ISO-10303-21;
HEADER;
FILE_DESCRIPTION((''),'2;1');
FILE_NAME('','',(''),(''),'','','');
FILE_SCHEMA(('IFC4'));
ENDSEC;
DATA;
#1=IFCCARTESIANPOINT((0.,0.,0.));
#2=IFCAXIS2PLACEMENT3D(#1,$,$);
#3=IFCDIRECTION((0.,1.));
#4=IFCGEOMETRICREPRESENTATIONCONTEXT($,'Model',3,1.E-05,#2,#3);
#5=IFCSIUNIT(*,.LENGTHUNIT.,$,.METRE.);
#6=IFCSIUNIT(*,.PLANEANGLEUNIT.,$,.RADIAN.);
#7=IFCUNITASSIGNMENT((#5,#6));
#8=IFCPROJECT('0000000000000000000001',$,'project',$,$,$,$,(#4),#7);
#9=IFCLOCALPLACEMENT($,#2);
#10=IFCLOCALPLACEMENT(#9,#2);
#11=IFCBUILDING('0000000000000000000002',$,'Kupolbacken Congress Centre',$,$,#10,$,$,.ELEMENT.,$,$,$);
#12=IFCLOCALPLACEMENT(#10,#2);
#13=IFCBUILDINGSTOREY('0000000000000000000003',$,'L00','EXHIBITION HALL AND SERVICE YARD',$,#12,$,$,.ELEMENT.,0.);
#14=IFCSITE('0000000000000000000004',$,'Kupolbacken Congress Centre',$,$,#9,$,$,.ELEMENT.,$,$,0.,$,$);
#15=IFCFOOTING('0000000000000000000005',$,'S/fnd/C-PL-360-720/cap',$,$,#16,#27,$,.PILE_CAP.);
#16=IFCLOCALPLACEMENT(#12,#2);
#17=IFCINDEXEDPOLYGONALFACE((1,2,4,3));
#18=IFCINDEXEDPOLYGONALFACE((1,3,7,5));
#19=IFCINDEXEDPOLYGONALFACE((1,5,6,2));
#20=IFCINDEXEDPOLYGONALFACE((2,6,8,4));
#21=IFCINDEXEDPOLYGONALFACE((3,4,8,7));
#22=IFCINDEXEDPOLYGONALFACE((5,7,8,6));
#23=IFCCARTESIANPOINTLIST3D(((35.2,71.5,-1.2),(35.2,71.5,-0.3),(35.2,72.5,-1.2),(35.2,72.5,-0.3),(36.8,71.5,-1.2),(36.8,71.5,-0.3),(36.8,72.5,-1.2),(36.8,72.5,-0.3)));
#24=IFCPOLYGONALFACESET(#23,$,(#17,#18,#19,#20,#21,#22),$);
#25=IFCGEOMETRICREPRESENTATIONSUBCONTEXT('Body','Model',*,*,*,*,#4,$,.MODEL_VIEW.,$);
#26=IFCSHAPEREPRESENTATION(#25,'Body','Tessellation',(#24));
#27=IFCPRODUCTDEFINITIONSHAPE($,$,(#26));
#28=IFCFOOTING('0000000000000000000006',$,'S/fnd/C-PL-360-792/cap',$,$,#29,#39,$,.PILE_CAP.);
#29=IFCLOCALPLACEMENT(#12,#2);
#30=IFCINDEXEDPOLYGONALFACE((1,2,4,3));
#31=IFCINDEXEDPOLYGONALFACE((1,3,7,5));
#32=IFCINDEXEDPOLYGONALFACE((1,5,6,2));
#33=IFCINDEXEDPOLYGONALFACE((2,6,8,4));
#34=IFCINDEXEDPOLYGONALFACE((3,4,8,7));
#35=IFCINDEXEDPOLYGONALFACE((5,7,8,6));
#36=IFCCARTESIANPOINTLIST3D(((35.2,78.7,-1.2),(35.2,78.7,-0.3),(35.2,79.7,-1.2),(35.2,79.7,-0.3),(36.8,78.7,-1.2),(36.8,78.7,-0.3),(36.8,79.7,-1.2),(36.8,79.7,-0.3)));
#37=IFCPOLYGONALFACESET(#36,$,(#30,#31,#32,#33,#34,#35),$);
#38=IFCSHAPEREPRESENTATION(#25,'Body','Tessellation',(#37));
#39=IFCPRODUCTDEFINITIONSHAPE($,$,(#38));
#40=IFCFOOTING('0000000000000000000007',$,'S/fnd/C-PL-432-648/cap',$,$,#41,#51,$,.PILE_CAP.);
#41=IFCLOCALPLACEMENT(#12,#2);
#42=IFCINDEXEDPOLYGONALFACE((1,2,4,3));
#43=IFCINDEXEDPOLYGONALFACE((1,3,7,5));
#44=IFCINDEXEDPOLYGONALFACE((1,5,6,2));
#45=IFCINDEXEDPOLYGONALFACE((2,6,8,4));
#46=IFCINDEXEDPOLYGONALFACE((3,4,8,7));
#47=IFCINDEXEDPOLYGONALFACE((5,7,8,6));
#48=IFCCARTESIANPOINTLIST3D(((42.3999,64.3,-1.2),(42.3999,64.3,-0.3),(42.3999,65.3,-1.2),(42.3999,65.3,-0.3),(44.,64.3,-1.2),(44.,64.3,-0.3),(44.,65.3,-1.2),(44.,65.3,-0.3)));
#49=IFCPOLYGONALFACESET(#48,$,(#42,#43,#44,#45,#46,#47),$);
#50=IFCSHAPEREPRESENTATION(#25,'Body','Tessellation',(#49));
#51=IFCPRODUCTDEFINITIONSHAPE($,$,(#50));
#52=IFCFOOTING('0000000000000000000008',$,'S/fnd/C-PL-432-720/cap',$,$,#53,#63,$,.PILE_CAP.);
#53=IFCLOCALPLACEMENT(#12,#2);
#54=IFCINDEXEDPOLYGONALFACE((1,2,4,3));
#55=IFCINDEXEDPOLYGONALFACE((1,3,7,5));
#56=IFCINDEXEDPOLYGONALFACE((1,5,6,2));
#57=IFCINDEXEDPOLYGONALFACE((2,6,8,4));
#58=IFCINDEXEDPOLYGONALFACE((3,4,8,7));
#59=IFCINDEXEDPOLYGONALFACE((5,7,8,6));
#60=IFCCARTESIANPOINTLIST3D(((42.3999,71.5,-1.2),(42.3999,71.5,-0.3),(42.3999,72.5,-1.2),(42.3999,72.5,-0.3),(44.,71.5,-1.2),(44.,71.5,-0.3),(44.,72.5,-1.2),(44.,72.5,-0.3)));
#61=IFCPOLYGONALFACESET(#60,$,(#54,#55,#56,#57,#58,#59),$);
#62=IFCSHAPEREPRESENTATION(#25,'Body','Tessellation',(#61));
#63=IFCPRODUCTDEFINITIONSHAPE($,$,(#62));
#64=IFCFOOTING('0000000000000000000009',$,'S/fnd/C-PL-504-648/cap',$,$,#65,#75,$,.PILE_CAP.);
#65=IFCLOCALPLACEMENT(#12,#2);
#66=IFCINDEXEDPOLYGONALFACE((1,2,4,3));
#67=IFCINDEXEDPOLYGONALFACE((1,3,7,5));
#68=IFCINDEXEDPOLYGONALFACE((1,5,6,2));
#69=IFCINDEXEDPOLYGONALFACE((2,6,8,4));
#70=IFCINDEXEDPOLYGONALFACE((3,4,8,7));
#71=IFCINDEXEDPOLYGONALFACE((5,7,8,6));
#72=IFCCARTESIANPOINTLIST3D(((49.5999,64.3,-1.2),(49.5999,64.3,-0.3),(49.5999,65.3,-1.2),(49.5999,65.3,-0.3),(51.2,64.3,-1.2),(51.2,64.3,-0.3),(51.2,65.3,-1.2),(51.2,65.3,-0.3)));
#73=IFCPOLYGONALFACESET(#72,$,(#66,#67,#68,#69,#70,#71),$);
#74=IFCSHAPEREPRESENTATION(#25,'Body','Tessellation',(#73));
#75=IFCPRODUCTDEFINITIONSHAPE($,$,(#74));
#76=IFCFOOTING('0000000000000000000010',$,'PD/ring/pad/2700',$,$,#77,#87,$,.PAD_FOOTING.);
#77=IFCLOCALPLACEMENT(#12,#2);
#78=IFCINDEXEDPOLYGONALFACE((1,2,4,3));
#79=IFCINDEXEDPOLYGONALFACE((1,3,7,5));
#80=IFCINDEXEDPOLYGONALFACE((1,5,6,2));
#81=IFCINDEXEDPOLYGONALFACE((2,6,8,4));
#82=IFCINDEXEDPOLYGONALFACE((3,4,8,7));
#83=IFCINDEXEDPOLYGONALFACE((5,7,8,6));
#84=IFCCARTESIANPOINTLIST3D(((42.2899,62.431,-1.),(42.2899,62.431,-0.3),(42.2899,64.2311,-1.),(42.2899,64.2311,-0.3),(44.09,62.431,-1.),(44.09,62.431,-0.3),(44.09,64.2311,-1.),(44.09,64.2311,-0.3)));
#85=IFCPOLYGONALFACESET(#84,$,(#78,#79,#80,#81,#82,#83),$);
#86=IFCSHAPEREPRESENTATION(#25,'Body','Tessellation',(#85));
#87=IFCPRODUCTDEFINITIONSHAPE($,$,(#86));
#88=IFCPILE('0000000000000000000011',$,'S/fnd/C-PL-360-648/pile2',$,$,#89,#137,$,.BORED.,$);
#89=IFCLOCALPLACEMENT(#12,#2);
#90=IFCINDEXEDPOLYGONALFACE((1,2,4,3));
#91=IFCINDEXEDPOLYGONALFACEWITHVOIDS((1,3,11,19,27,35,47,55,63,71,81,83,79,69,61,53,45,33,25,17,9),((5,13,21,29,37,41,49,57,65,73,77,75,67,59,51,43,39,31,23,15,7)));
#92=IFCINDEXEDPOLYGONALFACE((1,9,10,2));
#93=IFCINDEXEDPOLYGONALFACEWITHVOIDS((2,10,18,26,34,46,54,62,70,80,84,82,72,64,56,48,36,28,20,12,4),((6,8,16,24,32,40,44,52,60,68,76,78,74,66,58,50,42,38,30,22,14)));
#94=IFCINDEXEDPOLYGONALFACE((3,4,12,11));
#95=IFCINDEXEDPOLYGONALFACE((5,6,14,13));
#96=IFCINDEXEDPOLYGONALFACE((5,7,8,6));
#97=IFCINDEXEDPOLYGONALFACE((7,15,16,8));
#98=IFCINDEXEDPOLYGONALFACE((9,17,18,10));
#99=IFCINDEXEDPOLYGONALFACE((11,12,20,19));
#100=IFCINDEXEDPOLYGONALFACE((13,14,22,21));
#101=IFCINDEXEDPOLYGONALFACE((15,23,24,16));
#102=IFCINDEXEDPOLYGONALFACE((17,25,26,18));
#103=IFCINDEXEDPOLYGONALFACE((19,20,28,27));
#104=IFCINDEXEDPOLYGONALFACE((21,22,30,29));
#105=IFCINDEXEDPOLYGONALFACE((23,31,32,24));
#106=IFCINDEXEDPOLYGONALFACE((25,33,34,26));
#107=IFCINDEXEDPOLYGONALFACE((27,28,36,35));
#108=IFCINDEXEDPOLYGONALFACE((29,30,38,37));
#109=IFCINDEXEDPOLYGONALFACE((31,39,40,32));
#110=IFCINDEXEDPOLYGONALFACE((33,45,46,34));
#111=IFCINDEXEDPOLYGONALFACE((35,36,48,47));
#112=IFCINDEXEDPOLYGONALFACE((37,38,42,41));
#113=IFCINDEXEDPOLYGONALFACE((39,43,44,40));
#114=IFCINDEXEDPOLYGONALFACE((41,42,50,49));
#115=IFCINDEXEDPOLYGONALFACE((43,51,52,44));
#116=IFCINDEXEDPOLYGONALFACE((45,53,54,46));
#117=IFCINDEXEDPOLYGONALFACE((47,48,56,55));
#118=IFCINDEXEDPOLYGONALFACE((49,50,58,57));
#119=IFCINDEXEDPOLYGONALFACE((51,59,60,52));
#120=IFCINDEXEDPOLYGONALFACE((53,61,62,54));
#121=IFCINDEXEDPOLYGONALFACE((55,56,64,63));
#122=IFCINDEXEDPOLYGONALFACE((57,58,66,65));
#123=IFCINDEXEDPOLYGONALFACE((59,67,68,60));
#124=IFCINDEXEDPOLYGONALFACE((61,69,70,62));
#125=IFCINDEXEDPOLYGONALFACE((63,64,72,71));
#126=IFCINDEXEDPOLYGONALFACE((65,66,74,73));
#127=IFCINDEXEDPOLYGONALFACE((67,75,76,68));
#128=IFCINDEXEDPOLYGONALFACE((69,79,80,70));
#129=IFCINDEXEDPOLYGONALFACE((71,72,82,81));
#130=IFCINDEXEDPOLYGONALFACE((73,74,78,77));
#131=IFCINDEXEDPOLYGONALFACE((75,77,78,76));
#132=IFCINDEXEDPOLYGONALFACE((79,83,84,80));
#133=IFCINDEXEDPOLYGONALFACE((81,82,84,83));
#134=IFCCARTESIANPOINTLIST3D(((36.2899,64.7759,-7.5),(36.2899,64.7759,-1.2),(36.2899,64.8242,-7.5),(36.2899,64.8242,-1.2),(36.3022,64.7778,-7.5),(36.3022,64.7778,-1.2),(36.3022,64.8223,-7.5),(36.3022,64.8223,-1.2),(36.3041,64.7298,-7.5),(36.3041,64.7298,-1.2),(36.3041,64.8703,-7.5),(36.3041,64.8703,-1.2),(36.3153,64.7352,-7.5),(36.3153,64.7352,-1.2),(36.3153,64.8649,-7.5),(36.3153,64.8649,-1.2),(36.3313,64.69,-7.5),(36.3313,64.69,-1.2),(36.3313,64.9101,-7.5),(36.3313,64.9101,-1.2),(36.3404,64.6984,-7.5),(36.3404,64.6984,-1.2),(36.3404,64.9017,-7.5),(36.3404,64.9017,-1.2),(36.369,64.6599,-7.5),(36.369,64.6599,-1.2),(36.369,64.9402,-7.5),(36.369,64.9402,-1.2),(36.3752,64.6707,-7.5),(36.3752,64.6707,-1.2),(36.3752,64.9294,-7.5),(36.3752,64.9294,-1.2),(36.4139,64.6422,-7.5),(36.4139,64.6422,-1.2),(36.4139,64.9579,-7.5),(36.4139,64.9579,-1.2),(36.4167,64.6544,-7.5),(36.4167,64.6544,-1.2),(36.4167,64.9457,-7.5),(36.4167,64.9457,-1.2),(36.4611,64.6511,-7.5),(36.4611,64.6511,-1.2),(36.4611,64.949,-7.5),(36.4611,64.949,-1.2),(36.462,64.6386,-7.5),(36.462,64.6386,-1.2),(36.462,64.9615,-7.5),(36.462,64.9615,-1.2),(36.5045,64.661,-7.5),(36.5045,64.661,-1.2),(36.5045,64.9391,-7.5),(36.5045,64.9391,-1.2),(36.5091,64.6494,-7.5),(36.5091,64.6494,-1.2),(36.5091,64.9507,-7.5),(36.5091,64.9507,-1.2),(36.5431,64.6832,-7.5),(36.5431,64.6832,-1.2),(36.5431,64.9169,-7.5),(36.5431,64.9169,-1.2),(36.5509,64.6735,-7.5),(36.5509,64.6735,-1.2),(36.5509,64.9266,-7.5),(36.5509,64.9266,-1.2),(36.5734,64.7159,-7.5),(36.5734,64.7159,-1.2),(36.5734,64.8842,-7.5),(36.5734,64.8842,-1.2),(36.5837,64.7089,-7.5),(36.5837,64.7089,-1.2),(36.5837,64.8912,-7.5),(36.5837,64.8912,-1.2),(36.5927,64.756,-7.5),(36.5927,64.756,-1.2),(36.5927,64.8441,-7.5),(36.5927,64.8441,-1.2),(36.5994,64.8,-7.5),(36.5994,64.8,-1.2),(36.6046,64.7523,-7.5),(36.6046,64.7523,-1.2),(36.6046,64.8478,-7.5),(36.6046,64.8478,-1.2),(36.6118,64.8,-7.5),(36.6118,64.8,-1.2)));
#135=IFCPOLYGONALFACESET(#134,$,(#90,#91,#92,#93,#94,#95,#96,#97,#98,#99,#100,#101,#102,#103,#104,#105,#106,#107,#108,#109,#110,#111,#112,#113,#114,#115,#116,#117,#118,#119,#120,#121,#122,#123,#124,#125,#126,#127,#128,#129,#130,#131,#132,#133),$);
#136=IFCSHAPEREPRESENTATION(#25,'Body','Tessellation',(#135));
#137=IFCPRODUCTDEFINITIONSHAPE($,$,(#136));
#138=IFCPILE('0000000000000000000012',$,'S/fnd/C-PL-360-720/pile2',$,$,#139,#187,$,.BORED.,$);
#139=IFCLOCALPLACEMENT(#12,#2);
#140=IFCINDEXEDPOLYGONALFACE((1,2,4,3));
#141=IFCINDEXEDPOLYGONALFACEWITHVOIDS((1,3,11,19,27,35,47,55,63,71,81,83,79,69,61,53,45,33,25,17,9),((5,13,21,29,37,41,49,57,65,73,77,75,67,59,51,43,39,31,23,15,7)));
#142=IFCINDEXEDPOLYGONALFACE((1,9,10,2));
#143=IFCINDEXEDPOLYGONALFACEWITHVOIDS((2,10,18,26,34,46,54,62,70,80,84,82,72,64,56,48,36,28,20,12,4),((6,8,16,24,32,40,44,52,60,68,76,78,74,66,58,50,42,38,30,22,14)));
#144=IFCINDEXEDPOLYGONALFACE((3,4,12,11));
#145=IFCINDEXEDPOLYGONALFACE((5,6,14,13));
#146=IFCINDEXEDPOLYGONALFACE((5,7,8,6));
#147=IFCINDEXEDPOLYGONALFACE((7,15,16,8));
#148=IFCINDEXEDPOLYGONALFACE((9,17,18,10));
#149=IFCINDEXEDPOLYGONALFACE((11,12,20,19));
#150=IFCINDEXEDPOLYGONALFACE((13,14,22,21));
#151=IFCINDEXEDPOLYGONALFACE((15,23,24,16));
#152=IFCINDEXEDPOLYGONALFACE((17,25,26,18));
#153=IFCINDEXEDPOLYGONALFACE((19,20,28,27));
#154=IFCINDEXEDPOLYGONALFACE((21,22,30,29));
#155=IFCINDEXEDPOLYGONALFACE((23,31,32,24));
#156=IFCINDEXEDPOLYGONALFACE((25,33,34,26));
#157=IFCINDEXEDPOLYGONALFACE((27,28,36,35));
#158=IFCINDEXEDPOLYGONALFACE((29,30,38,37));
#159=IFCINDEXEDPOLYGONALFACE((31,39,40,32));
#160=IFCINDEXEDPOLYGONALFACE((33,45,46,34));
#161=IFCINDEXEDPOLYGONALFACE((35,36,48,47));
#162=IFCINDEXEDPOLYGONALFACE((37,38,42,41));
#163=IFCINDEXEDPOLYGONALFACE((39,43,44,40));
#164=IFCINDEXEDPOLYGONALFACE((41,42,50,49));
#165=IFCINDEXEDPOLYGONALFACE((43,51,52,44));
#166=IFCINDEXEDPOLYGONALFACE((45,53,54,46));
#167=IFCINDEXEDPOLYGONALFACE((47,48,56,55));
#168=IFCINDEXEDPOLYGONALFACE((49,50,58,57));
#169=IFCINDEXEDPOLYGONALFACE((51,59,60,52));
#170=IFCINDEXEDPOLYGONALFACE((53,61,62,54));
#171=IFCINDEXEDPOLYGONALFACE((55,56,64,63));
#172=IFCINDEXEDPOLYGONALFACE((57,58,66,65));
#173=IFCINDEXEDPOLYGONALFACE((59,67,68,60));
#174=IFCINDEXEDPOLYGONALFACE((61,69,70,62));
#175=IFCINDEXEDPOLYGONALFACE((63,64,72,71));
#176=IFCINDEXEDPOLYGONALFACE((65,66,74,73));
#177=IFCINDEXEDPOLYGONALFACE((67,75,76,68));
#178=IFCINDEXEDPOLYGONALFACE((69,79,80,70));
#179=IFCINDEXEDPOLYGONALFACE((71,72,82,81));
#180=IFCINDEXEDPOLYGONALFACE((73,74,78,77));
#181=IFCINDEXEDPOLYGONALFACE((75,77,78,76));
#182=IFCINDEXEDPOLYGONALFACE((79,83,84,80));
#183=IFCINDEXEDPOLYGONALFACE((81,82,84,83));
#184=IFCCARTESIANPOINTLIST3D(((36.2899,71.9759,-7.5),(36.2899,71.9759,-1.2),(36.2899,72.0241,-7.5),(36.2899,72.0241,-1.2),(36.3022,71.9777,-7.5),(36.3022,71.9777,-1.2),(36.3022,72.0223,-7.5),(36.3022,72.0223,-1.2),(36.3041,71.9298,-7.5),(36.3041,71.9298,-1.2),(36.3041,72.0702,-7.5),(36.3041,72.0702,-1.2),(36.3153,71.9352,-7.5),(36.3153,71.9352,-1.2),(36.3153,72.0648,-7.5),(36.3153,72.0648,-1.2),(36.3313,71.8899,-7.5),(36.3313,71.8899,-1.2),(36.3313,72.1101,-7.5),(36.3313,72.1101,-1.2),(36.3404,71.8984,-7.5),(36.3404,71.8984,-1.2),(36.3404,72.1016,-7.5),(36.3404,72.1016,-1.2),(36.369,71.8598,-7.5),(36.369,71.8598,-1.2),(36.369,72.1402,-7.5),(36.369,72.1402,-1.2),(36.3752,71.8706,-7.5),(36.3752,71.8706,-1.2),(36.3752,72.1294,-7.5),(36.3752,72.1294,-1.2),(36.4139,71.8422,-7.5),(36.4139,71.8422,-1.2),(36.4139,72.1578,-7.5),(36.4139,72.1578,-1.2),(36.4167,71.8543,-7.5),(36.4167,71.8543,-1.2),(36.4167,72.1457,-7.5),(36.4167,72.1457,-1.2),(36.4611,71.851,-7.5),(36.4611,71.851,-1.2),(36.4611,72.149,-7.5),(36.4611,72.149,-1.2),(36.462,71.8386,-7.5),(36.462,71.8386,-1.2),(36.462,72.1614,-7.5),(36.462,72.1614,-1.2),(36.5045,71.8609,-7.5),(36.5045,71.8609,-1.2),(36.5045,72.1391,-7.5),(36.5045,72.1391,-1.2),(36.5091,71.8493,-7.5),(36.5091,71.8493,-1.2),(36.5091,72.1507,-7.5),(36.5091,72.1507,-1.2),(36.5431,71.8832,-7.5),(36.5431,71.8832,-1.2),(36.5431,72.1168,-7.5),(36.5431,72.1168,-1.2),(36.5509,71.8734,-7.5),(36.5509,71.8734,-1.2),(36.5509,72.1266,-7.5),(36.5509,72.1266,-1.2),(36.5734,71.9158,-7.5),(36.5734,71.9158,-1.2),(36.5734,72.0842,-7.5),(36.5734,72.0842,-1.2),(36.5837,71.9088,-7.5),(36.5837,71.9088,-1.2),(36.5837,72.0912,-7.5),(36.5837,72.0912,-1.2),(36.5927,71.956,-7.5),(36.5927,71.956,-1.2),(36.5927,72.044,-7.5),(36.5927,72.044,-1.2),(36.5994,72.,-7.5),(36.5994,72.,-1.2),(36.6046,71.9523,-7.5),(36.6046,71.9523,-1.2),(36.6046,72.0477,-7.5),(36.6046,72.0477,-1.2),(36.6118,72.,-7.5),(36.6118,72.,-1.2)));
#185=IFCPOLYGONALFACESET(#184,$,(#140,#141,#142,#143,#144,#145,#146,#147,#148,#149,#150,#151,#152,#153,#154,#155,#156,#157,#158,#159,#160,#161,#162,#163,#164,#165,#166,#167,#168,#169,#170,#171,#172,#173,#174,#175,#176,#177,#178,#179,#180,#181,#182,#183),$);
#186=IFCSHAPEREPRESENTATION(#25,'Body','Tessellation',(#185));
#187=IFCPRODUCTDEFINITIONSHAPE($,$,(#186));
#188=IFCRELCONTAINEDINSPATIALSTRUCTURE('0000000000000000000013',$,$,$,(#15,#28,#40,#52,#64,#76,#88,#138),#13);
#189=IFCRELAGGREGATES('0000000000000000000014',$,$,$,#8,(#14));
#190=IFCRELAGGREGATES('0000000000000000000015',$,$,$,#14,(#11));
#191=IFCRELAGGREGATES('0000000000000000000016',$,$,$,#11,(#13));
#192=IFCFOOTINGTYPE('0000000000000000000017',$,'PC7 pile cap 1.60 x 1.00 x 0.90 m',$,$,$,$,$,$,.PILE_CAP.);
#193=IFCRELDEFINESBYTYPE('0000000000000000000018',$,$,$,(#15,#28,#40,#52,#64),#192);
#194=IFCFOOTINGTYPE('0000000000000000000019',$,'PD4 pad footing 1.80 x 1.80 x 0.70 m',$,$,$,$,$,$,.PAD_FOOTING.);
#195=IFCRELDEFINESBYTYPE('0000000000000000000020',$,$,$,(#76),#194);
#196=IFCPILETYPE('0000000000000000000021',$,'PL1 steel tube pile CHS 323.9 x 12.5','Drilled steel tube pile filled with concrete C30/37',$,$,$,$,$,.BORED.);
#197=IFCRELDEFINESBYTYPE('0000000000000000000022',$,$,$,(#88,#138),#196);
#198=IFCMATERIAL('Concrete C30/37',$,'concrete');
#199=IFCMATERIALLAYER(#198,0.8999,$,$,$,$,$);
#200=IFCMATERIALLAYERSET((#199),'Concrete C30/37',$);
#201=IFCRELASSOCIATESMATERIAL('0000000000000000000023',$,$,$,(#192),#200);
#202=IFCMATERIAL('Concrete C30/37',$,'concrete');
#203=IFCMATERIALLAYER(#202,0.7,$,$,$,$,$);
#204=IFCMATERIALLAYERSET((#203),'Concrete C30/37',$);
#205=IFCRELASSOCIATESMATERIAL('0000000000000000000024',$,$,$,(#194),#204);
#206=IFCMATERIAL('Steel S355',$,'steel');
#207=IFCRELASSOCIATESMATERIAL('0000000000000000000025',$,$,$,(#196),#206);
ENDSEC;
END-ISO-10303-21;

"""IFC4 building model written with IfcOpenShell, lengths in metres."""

from ifc_helpers import new_model, si_unit, direction, frame, origin, origin_2d, place, context, subcontext, project, spatial, rectangle, hollow_circle, extrude, material, layer, layer_set, material_profile, profile_set, type_object, element, save


model = new_model("IFC4")

# Units and contexts
model_context = context("Model", 3, precision=1e-05, world=origin(), true_north=direction((0.0, 1.0)))
body_context = subcontext(model_context, "Body", "Model", "MODEL_VIEW")
ifc_project = project(units=[si_unit("LENGTHUNIT", "METRE"), si_unit("PLANEANGLEUNIT", "RADIAN")], contexts=[model_context])

# Site, building, storey
site_placement = place(None, origin())
site = spatial("IfcSite", under=ifc_project, at=site_placement, Name="Kupolbacken Congress Centre", CompositionType="ELEMENT", RefElevation=0.0)
building_placement = place(site_placement, origin())
building = spatial("IfcBuilding", under=site, at=building_placement, Name="Kupolbacken Congress Centre", CompositionType="ELEMENT")
storey_placement = place(building_placement, origin())
storey = spatial("IfcBuildingStorey", under=building, at=storey_placement, Name="L00", Description="EXHIBITION HALL AND SERVICE YARD", CompositionType="ELEMENT", Elevation=0.0)

# Footings
ifc_material_1 = material(Name="Concrete C30/37", Category="concrete")
ifc_layer_1 = layer(ifc_material_1, 0.8999)
ifc_layer_set_1 = layer_set([ifc_layer_1], Name="Concrete C30/37")
footing_type_1 = type_object("IfcFootingType", Name="PC7 pile cap 1.60 x 1.00 x 0.90 m", PredefinedType="PILE_CAP", material=ifc_layer_set_1)
for number, where, z_axis, x_axis, name in (
    (1, (36.0, 72.0, -1.2), (0.0, 0.0, 1.0), (1.0, 0.0, 0.0), "S/fnd/C-PL-360-720/cap"),
    (2, (36.0, 79.2, -1.2), (0.0, 0.0, 1.0), (1.0, 0.0, 0.0), "S/fnd/C-PL-360-792/cap"),
    (3, (43.2, 64.8, -1.2), (0.0, 0.0, 1.0), (1.0, 0.0, 0.0), "S/fnd/C-PL-432-648/cap"),
    (4, (43.2, 72.0, -1.2), (0.0, 0.0, 1.0), (1.0, 0.0, 0.0), "S/fnd/C-PL-432-720/cap"),
    (5, (50.3999, 64.8, -1.2), (0.0, 0.0, 1.0), (1.0, 0.0, 0.0), "S/fnd/C-PL-504-648/cap"),
):
    element("IfcFooting", number, at=place(storey_placement, frame(where, z_axis=z_axis, x_axis=x_axis)), inside=storey, type_object=footing_type_1, Name=name, PredefinedType="PILE_CAP", context=body_context, shape_type="SweptSolid", body=[
        extrude(rectangle(XDim=1.6001, YDim=1.0, at=origin_2d()), origin(), (0.0, 0.0, 1.0), 0.8999),
    ])
ifc_material_2 = material(Name="Concrete C30/37", Category="concrete")
ifc_layer_2 = layer(ifc_material_2, 0.7)
ifc_layer_set_2 = layer_set([ifc_layer_2], Name="Concrete C30/37")
footing_type_2 = type_object("IfcFootingType", Name="PD4 pad footing 1.80 x 1.80 x 0.70 m", PredefinedType="PAD_FOOTING", material=ifc_layer_set_2)
footing_placement = place(storey_placement, frame((43.1899, 63.3311, -1.0), z_axis=(0.0, 0.0, 1.0), x_axis=(1.0, 0.0, 0.0)))
element("IfcFooting", 6, at=footing_placement, inside=storey, type_object=footing_type_2, Name="PD/ring/pad/2700", PredefinedType="PAD_FOOTING", context=body_context, shape_type="SweptSolid", body=[
    extrude(rectangle(XDim=1.8, YDim=1.8, at=origin_2d()), origin(), (0.0, 0.0, 1.0), 0.7),
])

# Piles
ifc_material_3 = material(Name="Steel S355", Category="steel")
ifc_material_profile_1 = material_profile(ifc_material_3, hollow_circle(Radius=0.1619, WallThickness=0.0125, at=origin_2d()), Name="CHS 323.9 x 12.5")
ifc_profile_set_1 = profile_set([ifc_material_profile_1], Name="Steel S355")
pile_type = type_object("IfcPileType", Name="PL1 steel tube pile CHS 323.9 x 12.5", Description="Drilled steel tube pile filled with concrete C30/37", PredefinedType="BORED", material=ifc_profile_set_1)
for number, where, z_axis, x_axis, name in (
    (7, (36.45, 64.8, -1.2), (0.0, 0.0, -1.0), (1.0, 0.0, 0.0), "S/fnd/C-PL-360-648/pile2"),
    (8, (36.45, 72.0, -1.2), (0.0, 0.0, -1.0), (1.0, 0.0, 0.0), "S/fnd/C-PL-360-720/pile2"),
):
    element("IfcPile", number, at=place(storey_placement, frame(where, z_axis=z_axis, x_axis=x_axis)), inside=storey, type_object=pile_type, Name=name, PredefinedType="BORED", context=body_context, shape_type="SweptSolid", body=[
        extrude(hollow_circle(Radius=0.1619, WallThickness=0.0125, at=origin_2d()), origin(), (0.0, 0.0, 1.0), 6.3),
    ])

save(model, "model.ifc")
